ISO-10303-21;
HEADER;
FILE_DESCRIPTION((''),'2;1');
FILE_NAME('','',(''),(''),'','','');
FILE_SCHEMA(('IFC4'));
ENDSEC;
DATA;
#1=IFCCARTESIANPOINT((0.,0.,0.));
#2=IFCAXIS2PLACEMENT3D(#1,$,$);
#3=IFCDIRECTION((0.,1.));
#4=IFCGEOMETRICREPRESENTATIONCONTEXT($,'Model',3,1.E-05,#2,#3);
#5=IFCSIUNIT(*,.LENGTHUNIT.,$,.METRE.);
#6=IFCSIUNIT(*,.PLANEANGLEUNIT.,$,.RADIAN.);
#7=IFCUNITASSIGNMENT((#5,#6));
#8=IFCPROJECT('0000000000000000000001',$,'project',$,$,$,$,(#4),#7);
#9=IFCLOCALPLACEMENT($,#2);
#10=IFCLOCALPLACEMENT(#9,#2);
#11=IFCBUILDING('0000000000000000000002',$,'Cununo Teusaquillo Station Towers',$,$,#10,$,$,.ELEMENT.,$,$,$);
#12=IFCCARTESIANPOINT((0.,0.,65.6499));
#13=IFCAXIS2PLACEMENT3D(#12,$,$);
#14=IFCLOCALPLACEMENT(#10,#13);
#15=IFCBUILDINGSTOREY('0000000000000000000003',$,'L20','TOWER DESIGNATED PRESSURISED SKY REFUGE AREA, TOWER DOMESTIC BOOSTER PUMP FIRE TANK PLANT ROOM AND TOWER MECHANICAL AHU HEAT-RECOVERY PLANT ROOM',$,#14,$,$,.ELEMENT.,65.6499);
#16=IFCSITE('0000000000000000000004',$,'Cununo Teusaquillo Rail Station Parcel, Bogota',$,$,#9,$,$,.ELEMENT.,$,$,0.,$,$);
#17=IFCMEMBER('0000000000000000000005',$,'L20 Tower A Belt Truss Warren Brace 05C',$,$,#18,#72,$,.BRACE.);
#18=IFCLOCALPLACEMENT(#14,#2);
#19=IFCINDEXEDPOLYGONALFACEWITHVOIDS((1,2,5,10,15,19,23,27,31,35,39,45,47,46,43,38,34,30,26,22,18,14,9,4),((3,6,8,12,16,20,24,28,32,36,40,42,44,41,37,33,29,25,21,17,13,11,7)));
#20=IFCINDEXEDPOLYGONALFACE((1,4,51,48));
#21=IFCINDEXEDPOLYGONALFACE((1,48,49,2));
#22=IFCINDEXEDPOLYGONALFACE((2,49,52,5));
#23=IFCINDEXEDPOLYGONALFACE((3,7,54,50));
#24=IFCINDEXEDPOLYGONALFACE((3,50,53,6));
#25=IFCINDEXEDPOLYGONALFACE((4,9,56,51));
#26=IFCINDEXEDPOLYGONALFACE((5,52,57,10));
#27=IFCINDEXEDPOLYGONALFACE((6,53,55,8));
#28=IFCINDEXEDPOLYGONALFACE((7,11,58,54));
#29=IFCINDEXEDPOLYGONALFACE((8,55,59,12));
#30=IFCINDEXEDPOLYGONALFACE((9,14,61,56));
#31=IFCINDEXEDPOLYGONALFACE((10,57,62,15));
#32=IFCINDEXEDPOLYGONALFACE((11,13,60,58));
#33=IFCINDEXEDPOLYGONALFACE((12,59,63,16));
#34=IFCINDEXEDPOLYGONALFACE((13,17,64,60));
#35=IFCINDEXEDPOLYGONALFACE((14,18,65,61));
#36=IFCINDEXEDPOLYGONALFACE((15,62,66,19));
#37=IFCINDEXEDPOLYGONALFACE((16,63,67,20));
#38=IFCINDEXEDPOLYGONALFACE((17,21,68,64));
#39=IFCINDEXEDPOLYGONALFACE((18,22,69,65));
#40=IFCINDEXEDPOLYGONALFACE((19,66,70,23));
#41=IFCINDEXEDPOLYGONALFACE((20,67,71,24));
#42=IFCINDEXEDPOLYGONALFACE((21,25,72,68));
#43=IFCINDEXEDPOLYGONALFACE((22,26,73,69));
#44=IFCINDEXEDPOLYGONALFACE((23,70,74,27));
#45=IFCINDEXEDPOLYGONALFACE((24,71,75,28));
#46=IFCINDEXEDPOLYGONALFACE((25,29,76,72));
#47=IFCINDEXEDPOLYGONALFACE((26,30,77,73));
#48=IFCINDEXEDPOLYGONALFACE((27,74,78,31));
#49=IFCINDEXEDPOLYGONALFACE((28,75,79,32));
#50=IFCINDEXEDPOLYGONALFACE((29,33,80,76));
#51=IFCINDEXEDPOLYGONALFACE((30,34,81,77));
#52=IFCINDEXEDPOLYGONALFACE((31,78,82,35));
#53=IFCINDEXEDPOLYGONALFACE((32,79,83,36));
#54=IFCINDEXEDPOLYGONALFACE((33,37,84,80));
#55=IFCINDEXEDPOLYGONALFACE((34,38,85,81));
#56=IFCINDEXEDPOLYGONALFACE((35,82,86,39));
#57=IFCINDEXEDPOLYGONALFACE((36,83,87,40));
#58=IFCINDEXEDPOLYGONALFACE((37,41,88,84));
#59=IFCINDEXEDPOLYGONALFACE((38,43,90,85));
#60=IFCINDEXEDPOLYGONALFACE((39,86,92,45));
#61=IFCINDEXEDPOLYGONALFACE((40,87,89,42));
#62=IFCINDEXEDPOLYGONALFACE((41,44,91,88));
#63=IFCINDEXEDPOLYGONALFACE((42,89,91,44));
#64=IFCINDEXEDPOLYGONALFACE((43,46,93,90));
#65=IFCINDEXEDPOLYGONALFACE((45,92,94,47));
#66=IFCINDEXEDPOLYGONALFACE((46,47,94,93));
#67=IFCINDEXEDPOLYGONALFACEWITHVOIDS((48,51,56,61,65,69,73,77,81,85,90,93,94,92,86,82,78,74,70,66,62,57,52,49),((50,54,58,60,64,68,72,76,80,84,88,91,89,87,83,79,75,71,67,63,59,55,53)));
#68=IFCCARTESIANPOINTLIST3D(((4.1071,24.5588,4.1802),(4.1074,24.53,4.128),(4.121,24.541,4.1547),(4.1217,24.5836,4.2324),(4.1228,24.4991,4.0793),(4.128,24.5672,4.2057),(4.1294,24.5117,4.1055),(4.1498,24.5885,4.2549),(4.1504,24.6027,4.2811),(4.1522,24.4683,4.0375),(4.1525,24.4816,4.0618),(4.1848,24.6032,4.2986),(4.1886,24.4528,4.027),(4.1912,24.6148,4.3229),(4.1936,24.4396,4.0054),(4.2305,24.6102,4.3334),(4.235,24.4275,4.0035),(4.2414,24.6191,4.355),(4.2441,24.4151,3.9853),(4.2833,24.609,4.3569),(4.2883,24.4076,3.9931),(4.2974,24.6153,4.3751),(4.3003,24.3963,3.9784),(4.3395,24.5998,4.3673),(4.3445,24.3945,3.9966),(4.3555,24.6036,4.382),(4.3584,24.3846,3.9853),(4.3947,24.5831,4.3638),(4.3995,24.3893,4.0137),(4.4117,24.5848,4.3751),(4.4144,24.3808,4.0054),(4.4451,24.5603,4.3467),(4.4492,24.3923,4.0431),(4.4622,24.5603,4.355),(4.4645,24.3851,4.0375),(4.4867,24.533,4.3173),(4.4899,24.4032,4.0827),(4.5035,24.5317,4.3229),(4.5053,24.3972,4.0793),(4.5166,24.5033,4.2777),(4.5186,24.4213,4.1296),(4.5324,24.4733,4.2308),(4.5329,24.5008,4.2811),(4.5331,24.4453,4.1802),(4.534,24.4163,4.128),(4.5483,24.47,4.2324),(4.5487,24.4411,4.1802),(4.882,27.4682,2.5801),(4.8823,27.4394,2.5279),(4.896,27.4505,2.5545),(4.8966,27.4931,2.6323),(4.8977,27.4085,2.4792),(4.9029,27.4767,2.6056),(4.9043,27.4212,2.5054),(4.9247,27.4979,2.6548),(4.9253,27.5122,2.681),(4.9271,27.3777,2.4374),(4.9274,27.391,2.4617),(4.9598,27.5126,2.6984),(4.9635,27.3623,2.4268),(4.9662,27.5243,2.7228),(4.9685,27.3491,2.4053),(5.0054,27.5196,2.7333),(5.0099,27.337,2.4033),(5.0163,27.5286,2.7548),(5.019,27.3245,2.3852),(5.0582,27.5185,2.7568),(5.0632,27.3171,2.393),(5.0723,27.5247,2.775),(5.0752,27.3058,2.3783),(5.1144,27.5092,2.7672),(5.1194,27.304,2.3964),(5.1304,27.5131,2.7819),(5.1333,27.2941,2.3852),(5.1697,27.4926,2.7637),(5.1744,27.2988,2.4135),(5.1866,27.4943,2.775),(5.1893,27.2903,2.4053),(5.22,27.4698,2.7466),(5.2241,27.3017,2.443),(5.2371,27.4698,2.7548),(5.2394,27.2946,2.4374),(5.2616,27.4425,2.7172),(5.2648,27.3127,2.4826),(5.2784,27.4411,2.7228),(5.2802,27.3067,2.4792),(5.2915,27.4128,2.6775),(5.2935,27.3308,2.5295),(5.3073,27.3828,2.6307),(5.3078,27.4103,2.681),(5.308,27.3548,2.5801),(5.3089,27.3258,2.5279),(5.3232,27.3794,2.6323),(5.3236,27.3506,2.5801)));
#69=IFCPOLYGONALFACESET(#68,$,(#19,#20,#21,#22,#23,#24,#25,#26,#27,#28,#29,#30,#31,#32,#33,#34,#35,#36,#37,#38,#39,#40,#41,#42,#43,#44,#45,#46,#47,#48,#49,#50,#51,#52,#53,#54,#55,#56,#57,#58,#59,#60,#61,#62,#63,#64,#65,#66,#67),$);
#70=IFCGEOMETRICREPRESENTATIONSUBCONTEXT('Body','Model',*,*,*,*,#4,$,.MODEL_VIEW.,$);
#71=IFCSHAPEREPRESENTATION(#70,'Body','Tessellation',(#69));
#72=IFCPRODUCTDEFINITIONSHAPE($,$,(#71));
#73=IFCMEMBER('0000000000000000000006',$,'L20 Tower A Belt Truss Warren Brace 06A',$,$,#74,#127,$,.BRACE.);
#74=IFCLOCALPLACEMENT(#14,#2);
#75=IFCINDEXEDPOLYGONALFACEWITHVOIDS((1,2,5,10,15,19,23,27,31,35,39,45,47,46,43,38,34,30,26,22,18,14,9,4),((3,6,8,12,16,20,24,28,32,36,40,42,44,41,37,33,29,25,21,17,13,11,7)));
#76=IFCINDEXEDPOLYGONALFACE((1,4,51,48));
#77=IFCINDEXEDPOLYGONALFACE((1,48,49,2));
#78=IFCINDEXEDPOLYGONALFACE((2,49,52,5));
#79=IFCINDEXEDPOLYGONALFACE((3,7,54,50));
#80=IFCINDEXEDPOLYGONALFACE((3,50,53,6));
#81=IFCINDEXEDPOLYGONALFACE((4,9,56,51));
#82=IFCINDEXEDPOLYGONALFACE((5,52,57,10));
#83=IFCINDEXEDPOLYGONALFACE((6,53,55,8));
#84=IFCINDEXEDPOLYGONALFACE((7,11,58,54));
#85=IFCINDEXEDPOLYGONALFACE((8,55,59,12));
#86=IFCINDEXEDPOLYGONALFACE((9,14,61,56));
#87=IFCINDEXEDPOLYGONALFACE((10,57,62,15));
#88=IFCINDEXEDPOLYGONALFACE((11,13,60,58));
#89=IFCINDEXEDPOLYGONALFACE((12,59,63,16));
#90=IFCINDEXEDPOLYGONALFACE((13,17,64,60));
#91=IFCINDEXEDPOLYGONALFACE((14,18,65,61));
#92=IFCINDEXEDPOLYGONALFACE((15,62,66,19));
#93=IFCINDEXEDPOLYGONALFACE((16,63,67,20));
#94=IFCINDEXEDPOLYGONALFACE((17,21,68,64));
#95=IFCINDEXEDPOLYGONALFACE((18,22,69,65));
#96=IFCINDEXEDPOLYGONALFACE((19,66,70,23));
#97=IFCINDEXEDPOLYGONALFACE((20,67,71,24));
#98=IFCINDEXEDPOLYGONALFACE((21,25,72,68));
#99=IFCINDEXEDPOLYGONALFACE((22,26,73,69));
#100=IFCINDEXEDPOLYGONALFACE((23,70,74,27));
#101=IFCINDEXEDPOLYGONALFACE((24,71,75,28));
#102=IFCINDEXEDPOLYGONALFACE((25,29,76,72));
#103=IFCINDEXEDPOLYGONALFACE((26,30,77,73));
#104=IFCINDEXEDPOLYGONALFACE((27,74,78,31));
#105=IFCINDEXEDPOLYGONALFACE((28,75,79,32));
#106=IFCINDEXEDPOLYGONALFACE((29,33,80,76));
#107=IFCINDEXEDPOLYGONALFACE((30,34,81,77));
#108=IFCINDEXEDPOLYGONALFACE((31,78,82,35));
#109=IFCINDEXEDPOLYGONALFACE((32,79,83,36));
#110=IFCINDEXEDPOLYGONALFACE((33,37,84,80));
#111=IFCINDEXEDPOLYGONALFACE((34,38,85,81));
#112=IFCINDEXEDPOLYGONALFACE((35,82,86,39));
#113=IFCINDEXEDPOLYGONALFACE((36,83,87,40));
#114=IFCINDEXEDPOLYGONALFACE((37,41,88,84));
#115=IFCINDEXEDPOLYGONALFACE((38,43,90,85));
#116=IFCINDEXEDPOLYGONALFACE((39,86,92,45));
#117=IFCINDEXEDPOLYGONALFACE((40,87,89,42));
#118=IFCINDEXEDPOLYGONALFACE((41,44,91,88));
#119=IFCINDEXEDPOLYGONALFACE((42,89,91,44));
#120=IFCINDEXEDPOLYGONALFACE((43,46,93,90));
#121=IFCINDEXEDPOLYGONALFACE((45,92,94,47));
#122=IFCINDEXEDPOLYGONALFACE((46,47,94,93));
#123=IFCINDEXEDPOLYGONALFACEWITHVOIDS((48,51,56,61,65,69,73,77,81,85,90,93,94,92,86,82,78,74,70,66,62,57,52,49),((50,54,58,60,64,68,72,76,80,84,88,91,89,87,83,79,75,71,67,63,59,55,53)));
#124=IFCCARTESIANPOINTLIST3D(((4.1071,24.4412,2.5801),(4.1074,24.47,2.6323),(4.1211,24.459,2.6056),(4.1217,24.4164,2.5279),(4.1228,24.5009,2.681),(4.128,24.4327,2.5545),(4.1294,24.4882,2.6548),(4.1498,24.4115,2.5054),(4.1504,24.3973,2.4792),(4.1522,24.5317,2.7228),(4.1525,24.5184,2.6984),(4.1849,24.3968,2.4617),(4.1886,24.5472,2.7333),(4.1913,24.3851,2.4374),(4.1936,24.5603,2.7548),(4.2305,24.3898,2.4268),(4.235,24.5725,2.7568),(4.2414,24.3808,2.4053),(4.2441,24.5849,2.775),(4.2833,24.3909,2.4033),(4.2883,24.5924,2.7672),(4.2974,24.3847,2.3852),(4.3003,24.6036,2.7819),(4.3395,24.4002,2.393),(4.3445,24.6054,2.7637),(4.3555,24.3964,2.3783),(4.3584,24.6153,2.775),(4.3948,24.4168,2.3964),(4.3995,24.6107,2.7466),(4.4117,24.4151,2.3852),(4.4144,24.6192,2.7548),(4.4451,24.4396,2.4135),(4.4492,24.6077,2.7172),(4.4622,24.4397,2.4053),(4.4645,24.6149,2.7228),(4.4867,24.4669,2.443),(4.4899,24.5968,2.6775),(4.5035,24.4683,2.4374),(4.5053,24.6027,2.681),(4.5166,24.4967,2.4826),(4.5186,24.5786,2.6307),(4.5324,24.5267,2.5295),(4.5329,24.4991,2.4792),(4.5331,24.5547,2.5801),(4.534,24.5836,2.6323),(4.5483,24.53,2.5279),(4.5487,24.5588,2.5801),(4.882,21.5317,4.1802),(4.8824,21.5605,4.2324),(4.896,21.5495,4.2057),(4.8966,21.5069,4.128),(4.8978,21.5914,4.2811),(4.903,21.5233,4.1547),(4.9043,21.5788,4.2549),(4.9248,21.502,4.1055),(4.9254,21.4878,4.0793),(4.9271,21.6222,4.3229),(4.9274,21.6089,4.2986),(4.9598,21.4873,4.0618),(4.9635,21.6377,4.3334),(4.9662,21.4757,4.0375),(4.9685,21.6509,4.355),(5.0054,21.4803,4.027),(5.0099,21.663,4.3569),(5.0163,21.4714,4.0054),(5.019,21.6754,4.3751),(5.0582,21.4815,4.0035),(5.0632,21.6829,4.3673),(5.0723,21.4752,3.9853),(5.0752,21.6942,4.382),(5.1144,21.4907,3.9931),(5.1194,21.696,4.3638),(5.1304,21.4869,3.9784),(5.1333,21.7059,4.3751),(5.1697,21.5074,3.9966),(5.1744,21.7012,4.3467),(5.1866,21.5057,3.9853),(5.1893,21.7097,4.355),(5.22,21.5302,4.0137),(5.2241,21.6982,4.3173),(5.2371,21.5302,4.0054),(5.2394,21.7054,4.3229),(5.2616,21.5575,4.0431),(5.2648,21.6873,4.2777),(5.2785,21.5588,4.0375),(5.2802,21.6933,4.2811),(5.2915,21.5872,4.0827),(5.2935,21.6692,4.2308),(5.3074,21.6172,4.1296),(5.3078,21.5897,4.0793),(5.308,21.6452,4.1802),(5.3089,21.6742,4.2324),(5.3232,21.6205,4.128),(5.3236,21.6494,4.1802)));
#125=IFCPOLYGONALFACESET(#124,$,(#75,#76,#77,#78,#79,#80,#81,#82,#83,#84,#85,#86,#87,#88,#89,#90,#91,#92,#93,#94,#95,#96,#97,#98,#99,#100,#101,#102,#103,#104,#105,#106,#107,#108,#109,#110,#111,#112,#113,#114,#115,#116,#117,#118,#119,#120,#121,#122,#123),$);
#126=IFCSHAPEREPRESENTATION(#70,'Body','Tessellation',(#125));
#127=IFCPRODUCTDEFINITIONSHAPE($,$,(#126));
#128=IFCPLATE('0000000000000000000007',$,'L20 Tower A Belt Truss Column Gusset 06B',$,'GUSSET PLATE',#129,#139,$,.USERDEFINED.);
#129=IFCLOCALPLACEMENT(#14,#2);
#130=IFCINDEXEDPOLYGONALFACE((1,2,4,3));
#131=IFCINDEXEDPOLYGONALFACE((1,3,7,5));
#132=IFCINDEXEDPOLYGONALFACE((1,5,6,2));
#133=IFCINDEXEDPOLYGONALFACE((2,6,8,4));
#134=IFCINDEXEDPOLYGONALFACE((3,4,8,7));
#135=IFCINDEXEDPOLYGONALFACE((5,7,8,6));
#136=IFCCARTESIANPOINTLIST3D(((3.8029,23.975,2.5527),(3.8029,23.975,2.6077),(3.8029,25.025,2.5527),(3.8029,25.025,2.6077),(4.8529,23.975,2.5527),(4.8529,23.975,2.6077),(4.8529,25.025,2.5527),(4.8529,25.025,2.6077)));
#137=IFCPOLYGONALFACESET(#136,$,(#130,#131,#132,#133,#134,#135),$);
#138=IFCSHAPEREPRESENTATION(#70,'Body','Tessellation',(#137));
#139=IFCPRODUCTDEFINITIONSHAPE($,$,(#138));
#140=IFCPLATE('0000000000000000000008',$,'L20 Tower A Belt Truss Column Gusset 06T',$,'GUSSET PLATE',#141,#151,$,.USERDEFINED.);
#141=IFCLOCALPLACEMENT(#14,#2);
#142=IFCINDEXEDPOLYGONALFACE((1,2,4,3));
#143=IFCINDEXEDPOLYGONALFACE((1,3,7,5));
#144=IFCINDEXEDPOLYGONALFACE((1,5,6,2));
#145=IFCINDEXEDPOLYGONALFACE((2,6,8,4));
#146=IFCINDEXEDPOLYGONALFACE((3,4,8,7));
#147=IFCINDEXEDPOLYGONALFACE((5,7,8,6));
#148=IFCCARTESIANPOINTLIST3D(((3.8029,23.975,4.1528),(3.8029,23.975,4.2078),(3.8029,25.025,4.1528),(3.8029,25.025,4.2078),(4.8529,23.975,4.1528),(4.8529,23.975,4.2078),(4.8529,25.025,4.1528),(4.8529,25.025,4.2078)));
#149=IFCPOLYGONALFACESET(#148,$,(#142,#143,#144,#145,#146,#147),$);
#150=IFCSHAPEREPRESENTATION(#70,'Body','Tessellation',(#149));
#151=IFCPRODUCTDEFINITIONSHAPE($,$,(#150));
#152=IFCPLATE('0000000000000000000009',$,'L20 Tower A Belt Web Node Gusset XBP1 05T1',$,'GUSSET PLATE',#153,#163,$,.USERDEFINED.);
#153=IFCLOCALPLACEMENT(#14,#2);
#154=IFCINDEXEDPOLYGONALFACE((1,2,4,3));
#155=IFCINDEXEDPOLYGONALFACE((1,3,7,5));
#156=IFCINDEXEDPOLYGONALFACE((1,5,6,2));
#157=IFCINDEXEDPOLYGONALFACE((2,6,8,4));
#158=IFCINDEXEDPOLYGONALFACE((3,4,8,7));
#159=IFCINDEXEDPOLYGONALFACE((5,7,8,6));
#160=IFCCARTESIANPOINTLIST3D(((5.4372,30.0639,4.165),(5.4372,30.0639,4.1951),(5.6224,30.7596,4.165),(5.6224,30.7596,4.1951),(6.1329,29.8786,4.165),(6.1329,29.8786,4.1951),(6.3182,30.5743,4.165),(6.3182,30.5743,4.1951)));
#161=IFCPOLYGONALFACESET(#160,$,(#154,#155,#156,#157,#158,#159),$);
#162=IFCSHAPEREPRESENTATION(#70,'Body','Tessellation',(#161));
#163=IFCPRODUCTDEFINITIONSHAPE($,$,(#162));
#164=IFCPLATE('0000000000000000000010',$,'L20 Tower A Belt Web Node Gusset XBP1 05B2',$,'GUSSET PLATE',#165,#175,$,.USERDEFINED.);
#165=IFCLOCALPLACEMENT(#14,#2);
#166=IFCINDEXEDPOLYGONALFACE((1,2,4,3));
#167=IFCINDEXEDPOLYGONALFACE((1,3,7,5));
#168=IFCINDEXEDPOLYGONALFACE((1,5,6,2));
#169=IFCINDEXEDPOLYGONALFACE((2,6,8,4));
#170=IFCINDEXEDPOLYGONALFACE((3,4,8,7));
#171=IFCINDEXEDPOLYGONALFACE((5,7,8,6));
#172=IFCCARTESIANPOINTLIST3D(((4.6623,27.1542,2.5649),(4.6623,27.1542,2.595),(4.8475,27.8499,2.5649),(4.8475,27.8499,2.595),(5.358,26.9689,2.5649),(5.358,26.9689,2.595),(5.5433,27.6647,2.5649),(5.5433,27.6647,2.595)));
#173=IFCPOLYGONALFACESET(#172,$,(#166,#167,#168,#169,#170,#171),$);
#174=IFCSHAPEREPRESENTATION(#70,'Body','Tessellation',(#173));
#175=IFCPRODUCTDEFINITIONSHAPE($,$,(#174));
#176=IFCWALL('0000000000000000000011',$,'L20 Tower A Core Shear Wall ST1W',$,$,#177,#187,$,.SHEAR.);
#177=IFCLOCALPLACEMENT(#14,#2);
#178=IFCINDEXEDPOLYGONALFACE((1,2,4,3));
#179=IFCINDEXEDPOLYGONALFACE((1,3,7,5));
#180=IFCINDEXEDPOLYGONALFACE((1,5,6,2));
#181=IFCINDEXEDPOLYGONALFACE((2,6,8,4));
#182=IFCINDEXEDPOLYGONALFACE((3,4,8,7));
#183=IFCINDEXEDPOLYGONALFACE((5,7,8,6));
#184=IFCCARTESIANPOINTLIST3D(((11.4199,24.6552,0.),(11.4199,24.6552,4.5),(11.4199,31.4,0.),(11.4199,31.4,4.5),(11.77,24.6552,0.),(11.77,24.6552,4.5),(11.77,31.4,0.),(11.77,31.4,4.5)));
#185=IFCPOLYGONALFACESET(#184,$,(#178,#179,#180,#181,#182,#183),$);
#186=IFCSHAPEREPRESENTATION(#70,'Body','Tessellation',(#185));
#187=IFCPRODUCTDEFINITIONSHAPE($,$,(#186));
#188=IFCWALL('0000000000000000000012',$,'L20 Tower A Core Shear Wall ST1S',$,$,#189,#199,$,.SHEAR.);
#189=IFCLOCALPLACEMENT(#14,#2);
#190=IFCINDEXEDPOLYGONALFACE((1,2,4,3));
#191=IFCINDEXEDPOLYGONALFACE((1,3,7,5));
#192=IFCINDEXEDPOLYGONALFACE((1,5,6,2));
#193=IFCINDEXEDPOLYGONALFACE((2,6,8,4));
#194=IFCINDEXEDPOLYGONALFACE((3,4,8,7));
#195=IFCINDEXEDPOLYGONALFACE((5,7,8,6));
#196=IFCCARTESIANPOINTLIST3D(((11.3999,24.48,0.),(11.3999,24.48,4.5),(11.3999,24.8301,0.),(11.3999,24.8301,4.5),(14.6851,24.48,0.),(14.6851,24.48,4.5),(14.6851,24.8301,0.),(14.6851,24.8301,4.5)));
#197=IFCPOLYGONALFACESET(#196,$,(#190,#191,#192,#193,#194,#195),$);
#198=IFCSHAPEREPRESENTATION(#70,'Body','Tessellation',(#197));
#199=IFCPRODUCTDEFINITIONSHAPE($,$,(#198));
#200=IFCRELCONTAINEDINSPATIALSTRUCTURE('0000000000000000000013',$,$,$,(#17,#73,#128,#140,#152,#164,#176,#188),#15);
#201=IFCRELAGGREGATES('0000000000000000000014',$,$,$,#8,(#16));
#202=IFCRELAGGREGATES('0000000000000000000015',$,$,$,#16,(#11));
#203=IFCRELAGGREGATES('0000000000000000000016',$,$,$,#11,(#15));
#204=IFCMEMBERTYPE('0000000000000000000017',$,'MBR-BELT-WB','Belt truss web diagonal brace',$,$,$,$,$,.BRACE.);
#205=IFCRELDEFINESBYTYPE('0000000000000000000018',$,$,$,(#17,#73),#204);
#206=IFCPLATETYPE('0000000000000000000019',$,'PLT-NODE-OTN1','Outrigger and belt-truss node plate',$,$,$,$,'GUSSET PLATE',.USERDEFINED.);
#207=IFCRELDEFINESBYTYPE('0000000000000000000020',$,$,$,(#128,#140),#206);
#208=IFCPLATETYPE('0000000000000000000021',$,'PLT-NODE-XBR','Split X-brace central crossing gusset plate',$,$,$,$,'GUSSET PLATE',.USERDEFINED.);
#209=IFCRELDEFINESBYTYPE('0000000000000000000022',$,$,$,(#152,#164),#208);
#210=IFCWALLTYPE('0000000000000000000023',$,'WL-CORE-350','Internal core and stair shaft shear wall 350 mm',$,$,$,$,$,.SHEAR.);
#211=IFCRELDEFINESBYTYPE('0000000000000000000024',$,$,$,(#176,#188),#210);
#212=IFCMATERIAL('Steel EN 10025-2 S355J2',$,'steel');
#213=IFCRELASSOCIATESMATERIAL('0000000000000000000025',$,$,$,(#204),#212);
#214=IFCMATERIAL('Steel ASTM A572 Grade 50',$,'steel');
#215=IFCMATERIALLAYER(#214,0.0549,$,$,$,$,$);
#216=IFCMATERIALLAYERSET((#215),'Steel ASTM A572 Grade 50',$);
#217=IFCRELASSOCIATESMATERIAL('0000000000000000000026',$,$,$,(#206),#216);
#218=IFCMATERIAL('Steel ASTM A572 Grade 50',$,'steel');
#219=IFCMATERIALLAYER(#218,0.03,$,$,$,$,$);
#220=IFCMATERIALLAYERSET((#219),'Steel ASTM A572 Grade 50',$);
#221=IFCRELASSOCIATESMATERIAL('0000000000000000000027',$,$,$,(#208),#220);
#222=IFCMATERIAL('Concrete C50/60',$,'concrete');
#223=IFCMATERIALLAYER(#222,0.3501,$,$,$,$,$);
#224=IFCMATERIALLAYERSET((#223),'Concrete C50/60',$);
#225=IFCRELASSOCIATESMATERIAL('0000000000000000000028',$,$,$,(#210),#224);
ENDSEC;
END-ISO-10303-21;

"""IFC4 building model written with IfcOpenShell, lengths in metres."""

from ifc_helpers import new_model, si_unit, direction, frame, frame_2d, origin, origin_2d, place, context, subcontext, project, spatial, rectangle, hollow_circle, extrude, source, transform, mapped, material, layer, layer_set, material_profile, profile_set, type_object, element, save


model = new_model("IFC4")

# Units and contexts
model_context = context("Model", 3, precision=1e-05, world=origin(), true_north=direction((0.0, 1.0)))
body_context = subcontext(model_context, "Body", "Model", "MODEL_VIEW")
ifc_project = project(units=[si_unit("LENGTHUNIT", "METRE"), si_unit("PLANEANGLEUNIT", "RADIAN")], contexts=[model_context])

# Site, building, storey
site_placement = place(None, origin())
site = spatial("IfcSite", under=ifc_project, at=site_placement, Name="Cununo Teusaquillo Rail Station Parcel, Bogota", CompositionType="ELEMENT", RefElevation=0.0)
building_placement = place(site_placement, origin())
building = spatial("IfcBuilding", under=site, at=building_placement, Name="Cununo Teusaquillo Station Towers", CompositionType="ELEMENT")
storey_placement = place(building_placement, frame((0.0, 0.0, 65.6499)))
storey = spatial("IfcBuildingStorey", under=building, at=storey_placement, Name="L20", Description="TOWER DESIGNATED PRESSURISED SKY REFUGE AREA, TOWER DOMESTIC BOOSTER PUMP FIRE TANK PLANT ROOM AND TOWER MECHANICAL AHU HEAT-RECOVERY PLANT ROOM", CompositionType="ELEMENT", Elevation=65.6499)

# Members
ifc_material_1 = material(Name="Steel EN 10025-2 S355J2", Category="steel")
ifc_material_profile_1 = material_profile(ifc_material_1, hollow_circle(Radius=0.2285, WallThickness=0.0161, at=origin_2d()), Name="CHS 457x16")
ifc_profile_set_1 = profile_set([ifc_material_profile_1], Name="Steel EN 10025-2 S355J2")
member_type_1 = type_object("IfcMemberType", Name="MBR-BELT-WB", Description="Belt truss web diagonal brace", PredefinedType="BRACE", material=ifc_profile_set_1)
for number, where, z_axis, x_axis, name in (
    (1, (5.1028, 27.4094, 2.5801), (-0.227269, -0.853298, 0.469289), (0.966313, -0.25737, 0.0), "L20 Tower A Belt Truss Warren Brace 05C"),
    (2, (4.3279, 24.5, 2.5801), (0.227269, -0.853298, 0.469289), (0.966313, 0.25737, 0.0), "L20 Tower A Belt Truss Warren Brace 06A"),
):
    element("IfcMember", number, at=place(storey_placement, frame(where, z_axis=z_axis, x_axis=x_axis)), inside=storey, type_object=member_type_1, Name=name, PredefinedType="BRACE", context=body_context, shape_type="SweptSolid", body=[
        extrude(hollow_circle(Radius=0.2285, WallThickness=0.0161, at=origin_2d()), origin(), (0.0, 0.0, 1.0), 3.4097),
    ])

# Plates
ifc_material_2 = material(Name="Steel ASTM A572 Grade 50", Category="steel")
ifc_layer_1 = layer(ifc_material_2, 0.0549)
ifc_layer_set_1 = layer_set([ifc_layer_1], Name="Steel ASTM A572 Grade 50")
plate_type_1 = type_object("IfcPlateType", Name="PLT-NODE-OTN1", Description="Outrigger and belt-truss node plate", ElementType="GUSSET PLATE", PredefinedType="USERDEFINED", material=ifc_layer_set_1)
shared_shape_1 = source(origin(), body_context, "Body", "SweptSolid", [
    extrude(rectangle(XDim=1.05, YDim=1.05, at=origin_2d()), origin(), (0.0, 0.0, 1.0), 0.0549),
])
for number, where, z_axis, x_axis, name in (
    (3, (4.3279, 24.5, 2.5527), (0.0, 0.0, 1.0), (1.0, 0.0, 0.0), "L20 Tower A Belt Truss Column Gusset 06B"),
    (4, (4.3279, 24.5, 4.1528), (0.0, 0.0, 1.0), (1.0, 0.0, 0.0), "L20 Tower A Belt Truss Column Gusset 06T"),
):
    element("IfcPlate", number, at=place(storey_placement, frame(where, z_axis=z_axis, x_axis=x_axis)), inside=storey, type_object=plate_type_1, Name=name, ObjectType="GUSSET PLATE", PredefinedType="USERDEFINED", context=body_context, shape_type="MappedRepresentation", body=[
        mapped(shared_shape_1, transform((0.0, 0.0, 0.0), x_axis=(1.0, 0.0, 0.0), y_axis=(0.0, 1.0, 0.0), z_axis=(0.0, 0.0, 1.0), scale=1.0)),
    ])
ifc_material_3 = material(Name="Steel ASTM A572 Grade 50", Category="steel")
ifc_layer_2 = layer(ifc_material_3, 0.03)
ifc_layer_set_2 = layer_set([ifc_layer_2], Name="Steel ASTM A572 Grade 50")
plate_type_2 = type_object("IfcPlateType", Name="PLT-NODE-XBR", Description="Split X-brace central crossing gusset plate", ElementType="GUSSET PLATE", PredefinedType="USERDEFINED", material=ifc_layer_set_2)
shared_shape_2 = source(origin(), body_context, "Body", "SweptSolid", [
    extrude(rectangle(XDim=0.72, YDim=0.72, at=origin_2d()), origin(), (0.0, 0.0, 1.0), 0.03),
])
for number, where, z_axis, x_axis, name in (
    (5, (5.8777, 30.3191, 4.165), (0.0, 0.0, 1.0), (-0.257301, -0.966331, 0.0), "L20 Tower A Belt Web Node Gusset XBP1 05T1"),
    (6, (5.1028, 27.4094, 2.5649), (0.0, 0.0, 1.0), (-0.257301, -0.966331, 0.0), "L20 Tower A Belt Web Node Gusset XBP1 05B2"),
):
    element("IfcPlate", number, at=place(storey_placement, frame(where, z_axis=z_axis, x_axis=x_axis)), inside=storey, type_object=plate_type_2, Name=name, ObjectType="GUSSET PLATE", PredefinedType="USERDEFINED", context=body_context, shape_type="MappedRepresentation", body=[
        mapped(shared_shape_2, transform((0.0, 0.0, 0.0), x_axis=(1.0, 0.0, 0.0), y_axis=(0.0, 1.0, 0.0), z_axis=(0.0, 0.0, 1.0), scale=1.0)),
    ])

# Walls
ifc_material_4 = material(Name="Concrete C50/60", Category="concrete")
ifc_layer_3 = layer(ifc_material_4, 0.3501)
ifc_layer_set_3 = layer_set([ifc_layer_3], Name="Concrete C50/60")
wall_type_1 = type_object("IfcWallType", Name="WL-CORE-350", Description="Internal core and stair shaft shear wall 350 mm", PredefinedType="SHEAR", material=ifc_layer_set_3)
wall_1_placement = place(storey_placement, frame((11.595, 24.655, 0.0), z_axis=(0.0, 0.0, 1.0), x_axis=(0.0, 1.0, 0.0)))
element("IfcWall", 7, at=wall_1_placement, inside=storey, type_object=wall_type_1, Name="L20 Tower A Core Shear Wall ST1W", PredefinedType="SHEAR", context=body_context, shape_type="SweptSolid", body=[
    extrude(rectangle(XDim=6.7449, YDim=0.3501, at=frame_2d((3.3726, 0.0))), origin(), (0.0, 0.0, 1.0), 4.5),
])
wall_2_placement = place(storey_placement, frame((11.3999, 24.655, 0.0), z_axis=(0.0, 0.0, 1.0), x_axis=(1.0, 0.0, 0.0)))
element("IfcWall", 8, at=wall_2_placement, inside=storey, type_object=wall_type_1, Name="L20 Tower A Core Shear Wall ST1S", PredefinedType="SHEAR", context=body_context, shape_type="SweptSolid", body=[
    extrude(rectangle(XDim=3.2852, YDim=0.3501, at=frame_2d((1.6426, 0.0))), origin(), (0.0, 0.0, 1.0), 4.5),
])

save(model, "model.ifc")
